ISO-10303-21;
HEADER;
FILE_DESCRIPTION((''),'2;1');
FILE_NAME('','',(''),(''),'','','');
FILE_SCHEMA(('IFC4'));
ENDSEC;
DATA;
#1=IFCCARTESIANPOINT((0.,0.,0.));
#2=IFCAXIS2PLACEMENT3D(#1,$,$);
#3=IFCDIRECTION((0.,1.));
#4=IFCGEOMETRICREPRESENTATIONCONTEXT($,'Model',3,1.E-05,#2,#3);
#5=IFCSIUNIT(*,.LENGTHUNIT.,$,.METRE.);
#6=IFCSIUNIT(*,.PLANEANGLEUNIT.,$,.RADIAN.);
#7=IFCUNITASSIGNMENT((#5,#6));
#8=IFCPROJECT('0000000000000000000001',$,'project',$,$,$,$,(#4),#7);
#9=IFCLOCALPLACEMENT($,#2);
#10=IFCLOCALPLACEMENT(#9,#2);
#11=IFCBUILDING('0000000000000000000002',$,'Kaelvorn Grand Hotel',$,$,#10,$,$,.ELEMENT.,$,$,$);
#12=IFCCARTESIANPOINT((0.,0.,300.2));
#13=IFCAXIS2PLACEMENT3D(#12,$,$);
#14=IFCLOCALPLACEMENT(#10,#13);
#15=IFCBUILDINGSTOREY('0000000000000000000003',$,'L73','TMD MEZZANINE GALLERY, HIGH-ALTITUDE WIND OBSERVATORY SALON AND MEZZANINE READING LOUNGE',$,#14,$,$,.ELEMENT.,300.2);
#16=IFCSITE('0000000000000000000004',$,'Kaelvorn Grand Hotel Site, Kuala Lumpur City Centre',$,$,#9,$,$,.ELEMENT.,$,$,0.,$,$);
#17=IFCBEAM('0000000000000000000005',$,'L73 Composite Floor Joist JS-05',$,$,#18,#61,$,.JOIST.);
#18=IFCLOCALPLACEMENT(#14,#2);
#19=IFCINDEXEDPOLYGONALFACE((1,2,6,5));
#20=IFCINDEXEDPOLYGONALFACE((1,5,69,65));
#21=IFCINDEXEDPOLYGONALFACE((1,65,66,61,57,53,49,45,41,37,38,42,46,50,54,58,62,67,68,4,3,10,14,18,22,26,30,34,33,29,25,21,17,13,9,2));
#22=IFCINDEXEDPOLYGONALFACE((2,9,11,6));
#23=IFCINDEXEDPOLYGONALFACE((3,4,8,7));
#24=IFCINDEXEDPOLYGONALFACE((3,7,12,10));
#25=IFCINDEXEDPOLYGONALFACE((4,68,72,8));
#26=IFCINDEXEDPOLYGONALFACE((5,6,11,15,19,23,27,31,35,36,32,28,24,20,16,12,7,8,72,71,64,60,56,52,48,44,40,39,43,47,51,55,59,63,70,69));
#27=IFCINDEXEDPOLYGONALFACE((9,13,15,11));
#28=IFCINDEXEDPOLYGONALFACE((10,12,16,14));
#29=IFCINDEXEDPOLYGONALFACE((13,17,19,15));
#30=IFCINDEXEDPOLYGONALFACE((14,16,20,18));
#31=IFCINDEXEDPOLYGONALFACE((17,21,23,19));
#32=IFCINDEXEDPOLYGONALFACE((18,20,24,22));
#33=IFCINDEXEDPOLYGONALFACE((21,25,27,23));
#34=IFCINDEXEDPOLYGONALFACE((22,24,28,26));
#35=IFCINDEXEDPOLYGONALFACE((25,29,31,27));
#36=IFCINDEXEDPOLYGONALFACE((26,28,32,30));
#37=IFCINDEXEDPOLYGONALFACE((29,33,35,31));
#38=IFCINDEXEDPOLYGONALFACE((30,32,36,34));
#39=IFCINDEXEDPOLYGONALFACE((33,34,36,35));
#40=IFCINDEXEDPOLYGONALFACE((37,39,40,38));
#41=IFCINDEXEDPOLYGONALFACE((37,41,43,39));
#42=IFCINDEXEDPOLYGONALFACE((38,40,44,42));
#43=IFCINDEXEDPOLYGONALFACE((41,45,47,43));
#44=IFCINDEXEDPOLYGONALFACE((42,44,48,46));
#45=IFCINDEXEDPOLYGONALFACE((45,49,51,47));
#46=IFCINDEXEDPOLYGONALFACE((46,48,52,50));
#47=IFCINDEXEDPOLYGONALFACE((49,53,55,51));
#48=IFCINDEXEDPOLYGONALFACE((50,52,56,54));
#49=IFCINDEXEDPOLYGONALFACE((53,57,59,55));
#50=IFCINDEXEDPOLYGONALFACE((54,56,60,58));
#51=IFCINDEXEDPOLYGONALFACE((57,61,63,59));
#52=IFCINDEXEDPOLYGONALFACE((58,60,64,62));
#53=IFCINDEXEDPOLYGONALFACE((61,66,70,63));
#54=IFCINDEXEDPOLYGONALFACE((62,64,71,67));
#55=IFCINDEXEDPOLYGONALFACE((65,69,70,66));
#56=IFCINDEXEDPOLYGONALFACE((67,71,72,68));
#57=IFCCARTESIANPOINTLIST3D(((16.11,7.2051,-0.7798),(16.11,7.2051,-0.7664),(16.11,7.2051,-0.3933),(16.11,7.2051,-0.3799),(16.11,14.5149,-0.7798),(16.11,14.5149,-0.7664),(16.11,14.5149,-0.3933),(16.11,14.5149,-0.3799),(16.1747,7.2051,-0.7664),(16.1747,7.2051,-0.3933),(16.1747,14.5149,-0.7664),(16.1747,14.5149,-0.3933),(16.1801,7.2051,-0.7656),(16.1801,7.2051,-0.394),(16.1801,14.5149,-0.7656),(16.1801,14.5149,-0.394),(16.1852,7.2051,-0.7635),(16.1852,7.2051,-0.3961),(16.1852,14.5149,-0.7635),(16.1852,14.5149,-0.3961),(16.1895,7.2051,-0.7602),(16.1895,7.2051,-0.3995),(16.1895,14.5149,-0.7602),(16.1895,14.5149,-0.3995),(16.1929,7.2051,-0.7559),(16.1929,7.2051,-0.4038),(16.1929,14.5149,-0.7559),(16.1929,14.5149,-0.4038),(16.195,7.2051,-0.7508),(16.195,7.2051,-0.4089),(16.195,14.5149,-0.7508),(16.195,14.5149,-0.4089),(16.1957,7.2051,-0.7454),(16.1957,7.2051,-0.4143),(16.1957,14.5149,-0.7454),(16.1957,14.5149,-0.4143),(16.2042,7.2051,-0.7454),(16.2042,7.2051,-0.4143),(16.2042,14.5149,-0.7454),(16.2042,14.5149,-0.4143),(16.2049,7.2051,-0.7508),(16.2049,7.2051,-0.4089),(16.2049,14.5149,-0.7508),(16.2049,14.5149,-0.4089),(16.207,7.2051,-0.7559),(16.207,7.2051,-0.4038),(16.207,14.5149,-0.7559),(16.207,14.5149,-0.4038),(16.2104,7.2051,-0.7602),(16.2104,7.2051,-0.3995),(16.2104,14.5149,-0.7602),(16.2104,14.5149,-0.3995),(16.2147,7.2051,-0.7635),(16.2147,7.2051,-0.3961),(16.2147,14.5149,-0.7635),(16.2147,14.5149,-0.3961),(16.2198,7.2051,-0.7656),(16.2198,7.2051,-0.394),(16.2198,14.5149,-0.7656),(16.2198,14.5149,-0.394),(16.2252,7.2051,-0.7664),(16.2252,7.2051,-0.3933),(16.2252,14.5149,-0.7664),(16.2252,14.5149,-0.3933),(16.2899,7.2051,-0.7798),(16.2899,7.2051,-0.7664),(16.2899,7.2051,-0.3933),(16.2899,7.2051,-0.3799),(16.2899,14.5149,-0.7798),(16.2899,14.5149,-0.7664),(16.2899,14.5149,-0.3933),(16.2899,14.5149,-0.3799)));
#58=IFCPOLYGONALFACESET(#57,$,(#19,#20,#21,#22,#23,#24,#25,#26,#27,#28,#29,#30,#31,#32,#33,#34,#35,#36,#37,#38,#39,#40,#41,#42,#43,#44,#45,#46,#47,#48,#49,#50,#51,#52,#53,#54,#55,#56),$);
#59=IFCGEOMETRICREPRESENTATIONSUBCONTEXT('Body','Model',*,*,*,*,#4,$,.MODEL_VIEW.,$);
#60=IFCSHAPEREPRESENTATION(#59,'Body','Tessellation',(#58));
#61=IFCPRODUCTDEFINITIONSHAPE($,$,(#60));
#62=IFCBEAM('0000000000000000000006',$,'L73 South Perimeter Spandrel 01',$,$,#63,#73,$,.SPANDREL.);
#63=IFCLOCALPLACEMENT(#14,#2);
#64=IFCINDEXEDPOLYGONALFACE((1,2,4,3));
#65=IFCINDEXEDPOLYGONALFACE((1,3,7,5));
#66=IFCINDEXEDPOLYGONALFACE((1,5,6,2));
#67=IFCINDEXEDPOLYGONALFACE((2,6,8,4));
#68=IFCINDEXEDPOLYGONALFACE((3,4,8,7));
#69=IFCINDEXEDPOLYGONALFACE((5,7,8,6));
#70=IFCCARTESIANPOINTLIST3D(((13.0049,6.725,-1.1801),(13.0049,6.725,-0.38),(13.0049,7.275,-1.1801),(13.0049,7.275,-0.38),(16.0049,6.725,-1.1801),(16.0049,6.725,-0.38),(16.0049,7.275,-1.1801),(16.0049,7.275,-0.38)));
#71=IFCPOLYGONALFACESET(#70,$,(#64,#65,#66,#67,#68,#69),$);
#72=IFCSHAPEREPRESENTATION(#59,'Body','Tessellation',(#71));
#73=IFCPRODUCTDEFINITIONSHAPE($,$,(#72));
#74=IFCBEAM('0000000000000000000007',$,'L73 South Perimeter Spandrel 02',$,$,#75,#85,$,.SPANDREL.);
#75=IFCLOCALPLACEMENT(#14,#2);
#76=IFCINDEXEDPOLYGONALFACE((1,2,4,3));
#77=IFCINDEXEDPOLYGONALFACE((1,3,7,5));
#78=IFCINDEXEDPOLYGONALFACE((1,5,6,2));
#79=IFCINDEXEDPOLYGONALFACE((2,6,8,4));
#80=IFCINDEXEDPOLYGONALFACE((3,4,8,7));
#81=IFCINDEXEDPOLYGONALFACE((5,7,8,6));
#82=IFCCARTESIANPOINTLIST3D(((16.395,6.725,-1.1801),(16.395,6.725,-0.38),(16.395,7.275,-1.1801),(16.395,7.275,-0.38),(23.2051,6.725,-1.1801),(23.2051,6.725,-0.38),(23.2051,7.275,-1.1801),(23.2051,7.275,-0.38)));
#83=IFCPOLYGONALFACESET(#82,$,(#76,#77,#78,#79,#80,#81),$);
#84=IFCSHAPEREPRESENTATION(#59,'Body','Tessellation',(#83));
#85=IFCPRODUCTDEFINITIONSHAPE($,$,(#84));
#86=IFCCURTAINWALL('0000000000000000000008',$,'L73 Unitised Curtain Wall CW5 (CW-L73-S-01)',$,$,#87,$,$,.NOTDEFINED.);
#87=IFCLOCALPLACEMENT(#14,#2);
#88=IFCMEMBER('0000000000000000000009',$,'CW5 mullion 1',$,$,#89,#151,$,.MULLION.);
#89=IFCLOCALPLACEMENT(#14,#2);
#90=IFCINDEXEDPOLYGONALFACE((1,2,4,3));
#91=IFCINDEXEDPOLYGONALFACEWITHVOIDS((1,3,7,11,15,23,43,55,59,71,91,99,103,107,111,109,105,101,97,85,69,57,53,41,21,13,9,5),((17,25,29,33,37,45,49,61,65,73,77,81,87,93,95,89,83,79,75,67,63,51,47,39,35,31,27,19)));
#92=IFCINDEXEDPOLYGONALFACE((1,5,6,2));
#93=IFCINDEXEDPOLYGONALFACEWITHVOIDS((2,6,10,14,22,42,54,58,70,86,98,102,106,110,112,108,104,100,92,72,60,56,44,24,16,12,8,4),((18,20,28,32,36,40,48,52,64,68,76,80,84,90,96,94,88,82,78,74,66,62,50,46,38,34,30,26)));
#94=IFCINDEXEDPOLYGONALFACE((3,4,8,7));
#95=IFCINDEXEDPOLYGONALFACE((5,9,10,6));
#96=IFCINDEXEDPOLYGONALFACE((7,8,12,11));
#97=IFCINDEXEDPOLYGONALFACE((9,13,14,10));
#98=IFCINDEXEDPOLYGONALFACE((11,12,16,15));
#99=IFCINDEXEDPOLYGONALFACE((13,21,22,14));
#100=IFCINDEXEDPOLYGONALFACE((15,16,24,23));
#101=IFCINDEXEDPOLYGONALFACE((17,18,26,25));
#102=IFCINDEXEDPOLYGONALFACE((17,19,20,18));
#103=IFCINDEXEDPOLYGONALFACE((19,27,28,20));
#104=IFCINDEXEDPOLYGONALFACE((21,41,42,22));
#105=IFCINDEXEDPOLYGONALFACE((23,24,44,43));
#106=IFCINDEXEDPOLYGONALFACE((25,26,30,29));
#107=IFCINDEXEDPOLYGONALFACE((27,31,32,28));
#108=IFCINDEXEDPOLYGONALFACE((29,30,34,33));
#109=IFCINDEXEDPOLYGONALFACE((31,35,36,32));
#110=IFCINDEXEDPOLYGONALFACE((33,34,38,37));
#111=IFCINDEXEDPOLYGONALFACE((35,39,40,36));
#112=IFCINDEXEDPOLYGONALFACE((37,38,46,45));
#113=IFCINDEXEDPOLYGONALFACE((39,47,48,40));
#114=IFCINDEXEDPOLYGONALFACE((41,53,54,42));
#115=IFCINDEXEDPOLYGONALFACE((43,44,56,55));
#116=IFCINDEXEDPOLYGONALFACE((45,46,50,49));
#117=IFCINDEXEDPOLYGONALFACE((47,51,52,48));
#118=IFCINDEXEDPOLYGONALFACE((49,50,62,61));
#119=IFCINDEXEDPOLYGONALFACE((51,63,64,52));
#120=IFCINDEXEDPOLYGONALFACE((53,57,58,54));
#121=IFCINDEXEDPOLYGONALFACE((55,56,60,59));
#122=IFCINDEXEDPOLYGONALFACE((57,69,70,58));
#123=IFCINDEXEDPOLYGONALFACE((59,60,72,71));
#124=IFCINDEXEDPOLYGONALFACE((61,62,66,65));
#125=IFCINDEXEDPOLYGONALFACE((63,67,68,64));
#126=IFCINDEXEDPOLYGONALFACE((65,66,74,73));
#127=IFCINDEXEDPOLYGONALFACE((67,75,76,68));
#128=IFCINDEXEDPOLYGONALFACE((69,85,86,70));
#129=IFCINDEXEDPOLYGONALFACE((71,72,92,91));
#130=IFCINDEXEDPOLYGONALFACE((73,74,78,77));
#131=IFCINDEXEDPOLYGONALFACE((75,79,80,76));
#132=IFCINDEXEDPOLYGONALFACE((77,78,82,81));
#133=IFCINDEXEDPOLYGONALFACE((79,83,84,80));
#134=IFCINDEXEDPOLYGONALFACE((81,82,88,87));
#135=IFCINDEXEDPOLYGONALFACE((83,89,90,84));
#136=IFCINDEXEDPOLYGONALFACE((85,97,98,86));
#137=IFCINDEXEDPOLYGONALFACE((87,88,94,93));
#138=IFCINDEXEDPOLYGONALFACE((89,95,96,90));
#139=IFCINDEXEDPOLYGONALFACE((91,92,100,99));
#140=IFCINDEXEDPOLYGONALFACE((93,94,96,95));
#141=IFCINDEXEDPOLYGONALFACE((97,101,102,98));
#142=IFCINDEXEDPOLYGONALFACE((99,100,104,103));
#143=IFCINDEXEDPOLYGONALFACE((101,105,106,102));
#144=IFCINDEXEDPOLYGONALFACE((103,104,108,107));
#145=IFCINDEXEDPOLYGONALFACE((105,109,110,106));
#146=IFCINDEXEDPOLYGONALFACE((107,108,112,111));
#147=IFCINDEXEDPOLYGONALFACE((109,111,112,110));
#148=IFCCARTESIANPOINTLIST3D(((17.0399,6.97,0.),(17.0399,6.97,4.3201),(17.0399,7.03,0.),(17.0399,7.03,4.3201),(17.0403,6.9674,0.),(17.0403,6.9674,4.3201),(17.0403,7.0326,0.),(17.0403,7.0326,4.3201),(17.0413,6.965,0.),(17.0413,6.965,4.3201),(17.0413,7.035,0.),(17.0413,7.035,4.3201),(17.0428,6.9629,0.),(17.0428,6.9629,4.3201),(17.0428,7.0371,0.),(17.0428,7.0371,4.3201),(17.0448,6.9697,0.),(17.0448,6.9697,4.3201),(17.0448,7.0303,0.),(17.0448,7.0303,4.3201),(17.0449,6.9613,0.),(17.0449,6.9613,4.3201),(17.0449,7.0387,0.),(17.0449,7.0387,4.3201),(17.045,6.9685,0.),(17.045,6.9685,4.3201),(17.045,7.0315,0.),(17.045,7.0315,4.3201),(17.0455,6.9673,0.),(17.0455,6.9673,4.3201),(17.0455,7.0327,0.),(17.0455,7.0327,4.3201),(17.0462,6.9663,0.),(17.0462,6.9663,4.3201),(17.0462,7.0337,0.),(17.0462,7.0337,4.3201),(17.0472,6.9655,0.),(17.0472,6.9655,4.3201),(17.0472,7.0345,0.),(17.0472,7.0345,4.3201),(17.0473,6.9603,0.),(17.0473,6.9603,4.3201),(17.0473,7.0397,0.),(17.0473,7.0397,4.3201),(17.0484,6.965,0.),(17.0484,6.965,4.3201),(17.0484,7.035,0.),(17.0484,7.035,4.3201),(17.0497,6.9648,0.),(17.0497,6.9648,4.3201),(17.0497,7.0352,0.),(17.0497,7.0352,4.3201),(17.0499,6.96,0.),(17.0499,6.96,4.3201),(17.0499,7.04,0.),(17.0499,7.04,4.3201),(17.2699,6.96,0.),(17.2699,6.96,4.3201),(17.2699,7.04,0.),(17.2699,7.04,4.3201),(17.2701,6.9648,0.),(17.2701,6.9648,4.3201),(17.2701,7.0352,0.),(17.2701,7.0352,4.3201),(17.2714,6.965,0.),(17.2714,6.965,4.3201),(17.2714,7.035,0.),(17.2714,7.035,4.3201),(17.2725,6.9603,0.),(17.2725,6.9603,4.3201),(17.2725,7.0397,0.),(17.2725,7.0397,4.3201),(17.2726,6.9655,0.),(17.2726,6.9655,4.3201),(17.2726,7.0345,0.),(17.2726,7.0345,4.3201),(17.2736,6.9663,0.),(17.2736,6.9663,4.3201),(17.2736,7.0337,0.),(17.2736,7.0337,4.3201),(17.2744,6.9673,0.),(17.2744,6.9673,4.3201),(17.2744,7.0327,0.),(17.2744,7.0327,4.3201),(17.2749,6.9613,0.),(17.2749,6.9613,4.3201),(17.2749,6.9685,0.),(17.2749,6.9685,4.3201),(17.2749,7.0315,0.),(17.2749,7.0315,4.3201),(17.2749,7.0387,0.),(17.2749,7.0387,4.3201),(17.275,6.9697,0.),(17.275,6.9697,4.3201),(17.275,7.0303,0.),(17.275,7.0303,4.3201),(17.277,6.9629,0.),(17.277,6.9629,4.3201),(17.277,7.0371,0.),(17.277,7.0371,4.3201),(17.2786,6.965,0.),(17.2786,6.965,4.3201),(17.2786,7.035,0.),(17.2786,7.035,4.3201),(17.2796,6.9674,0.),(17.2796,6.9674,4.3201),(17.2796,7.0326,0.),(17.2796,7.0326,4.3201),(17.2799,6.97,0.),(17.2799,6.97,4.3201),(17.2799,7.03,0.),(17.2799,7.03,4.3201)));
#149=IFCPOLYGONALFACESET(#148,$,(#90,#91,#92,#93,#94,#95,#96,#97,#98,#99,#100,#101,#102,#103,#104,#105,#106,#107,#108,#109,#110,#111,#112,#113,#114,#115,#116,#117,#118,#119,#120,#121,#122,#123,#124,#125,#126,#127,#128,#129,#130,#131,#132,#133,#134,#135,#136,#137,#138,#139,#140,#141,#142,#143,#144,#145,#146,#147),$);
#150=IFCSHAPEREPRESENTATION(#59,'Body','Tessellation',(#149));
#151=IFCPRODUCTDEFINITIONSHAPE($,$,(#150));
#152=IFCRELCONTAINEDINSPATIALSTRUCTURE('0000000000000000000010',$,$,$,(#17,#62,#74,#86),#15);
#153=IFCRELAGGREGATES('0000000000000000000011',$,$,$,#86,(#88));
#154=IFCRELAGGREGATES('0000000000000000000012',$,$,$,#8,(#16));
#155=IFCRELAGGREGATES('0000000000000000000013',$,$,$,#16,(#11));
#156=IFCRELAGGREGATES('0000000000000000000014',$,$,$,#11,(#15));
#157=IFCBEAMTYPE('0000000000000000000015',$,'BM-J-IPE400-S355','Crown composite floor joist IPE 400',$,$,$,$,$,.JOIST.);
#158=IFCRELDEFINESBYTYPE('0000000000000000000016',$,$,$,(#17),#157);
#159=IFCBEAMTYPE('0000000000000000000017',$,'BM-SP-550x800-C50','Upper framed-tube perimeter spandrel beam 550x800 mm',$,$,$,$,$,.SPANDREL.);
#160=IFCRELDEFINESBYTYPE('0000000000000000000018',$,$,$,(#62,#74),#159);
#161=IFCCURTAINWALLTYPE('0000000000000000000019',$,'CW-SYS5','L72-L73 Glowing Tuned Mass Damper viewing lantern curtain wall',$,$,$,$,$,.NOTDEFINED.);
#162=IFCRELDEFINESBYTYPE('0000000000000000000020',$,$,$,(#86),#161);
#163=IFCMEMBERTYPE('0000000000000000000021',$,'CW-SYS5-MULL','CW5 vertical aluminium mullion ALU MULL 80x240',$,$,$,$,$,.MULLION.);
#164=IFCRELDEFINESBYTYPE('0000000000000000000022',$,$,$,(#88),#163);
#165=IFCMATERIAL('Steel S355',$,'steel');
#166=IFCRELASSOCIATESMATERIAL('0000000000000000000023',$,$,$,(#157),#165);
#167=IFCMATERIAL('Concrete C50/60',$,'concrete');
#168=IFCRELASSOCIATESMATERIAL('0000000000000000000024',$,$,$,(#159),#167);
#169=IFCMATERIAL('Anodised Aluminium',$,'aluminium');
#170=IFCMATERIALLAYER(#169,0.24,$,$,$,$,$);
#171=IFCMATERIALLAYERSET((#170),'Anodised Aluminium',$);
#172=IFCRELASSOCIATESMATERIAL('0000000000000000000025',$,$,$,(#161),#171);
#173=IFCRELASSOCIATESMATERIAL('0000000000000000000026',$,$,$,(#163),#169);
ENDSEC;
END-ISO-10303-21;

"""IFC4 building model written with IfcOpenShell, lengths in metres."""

from ifc_helpers import new_model, si_unit, direction, frame, origin, origin_2d, place, context, subcontext, project, spatial, rectangle, hollow_rectangle, i_section, extrude, material, layer, layer_set, material_profile, profile_set, type_object, element, aggregate, save


model = new_model("IFC4")

# Units and contexts
model_context = context("Model", 3, precision=1e-05, world=origin(), true_north=direction((0.0, 1.0)))
body_context = subcontext(model_context, "Body", "Model", "MODEL_VIEW")
ifc_project = project(units=[si_unit("LENGTHUNIT", "METRE"), si_unit("PLANEANGLEUNIT", "RADIAN")], contexts=[model_context])

# Site, building, storey
site_placement = place(None, origin())
site = spatial("IfcSite", under=ifc_project, at=site_placement, Name="Kaelvorn Grand Hotel Site, Kuala Lumpur City Centre", CompositionType="ELEMENT", RefElevation=0.0)
building_placement = place(site_placement, origin())
building = spatial("IfcBuilding", under=site, at=building_placement, Name="Kaelvorn Grand Hotel", CompositionType="ELEMENT")
storey_placement = place(building_placement, frame((0.0, 0.0, 300.2)))
storey = spatial("IfcBuildingStorey", under=building, at=storey_placement, Name="L73", Description="TMD MEZZANINE GALLERY, HIGH-ALTITUDE WIND OBSERVATORY SALON AND MEZZANINE READING LOUNGE", CompositionType="ELEMENT", Elevation=300.2)

# Shared definitions
ifc_material_1 = material(Name="Concrete C50/60", Category="concrete")

# Beams
ifc_material_2 = material(Name="Steel S355", Category="steel")
ifc_material_profile_1 = material_profile(ifc_material_2, i_section(OverallWidth=0.1799, OverallDepth=0.3999, WebThickness=0.0085, FlangeThickness=0.0134, FilletRadius=0.021, at=origin_2d()), Name="IPE 400")
ifc_profile_set_1 = profile_set([ifc_material_profile_1], Name="Steel S355")
beam_type_1 = type_object("IfcBeamType", Name="BM-J-IPE400-S355", Description="Crown composite floor joist IPE 400", PredefinedType="JOIST", material=ifc_profile_set_1)
beam_1_placement = place(storey_placement, frame((16.2, 7.2051, -0.5798), z_axis=(0.0, 1.0, 0.0), x_axis=(-1.0, 0.0, 0.0)))
element("IfcBeam", 1, at=beam_1_placement, inside=storey, type_object=beam_type_1, Name="L73 Composite Floor Joist JS-05", PredefinedType="JOIST", context=body_context, shape_type="SweptSolid", body=[
    extrude(i_section(OverallWidth=0.1799, OverallDepth=0.3999, WebThickness=0.0085, FlangeThickness=0.0134, FilletRadius=0.021, at=origin_2d()), origin(), (0.0, 0.0, 1.0), 7.3098),
])
ifc_material_profile_2 = material_profile(ifc_material_1, rectangle(XDim=0.55, YDim=0.8, at=origin_2d()), Name="RC SPANDREL 550x800")
ifc_profile_set_2 = profile_set([ifc_material_profile_2], Name="Concrete C50/60")
beam_type_2 = type_object("IfcBeamType", Name="BM-SP-550x800-C50", Description="Upper framed-tube perimeter spandrel beam 550x800 mm", PredefinedType="SPANDREL", material=ifc_profile_set_2)
beam_2_placement = place(storey_placement, frame((13.0049, 7.0, -0.78), z_axis=(1.0, 0.0, 0.0), x_axis=(0.0, 1.0, 0.0)))
element("IfcBeam", 2, at=beam_2_placement, inside=storey, type_object=beam_type_2, Name="L73 South Perimeter Spandrel 01", PredefinedType="SPANDREL", context=body_context, shape_type="SweptSolid", body=[
    extrude(rectangle(XDim=0.55, YDim=0.8, at=origin_2d()), origin(), (0.0, 0.0, 1.0), 3.0),
])
beam_3_placement = place(storey_placement, frame((16.395, 7.0, -0.78), z_axis=(1.0, 0.0, 0.0), x_axis=(0.0, 1.0, 0.0)))
element("IfcBeam", 3, at=beam_3_placement, inside=storey, type_object=beam_type_2, Name="L73 South Perimeter Spandrel 02", PredefinedType="SPANDREL", context=body_context, shape_type="SweptSolid", body=[
    extrude(rectangle(XDim=0.55, YDim=0.8, at=origin_2d()), origin(), (0.0, 0.0, 1.0), 6.8101),
])

# Curtain wall, member
ifc_material_3 = material(Name="Anodised Aluminium", Category="aluminium")
ifc_layer_1 = layer(ifc_material_3, 0.24)
ifc_layer_set_1 = layer_set([ifc_layer_1], Name="Anodised Aluminium")
curtain_wall_type = type_object("IfcCurtainWallType", Name="CW-SYS5", Description="L72-L73 Glowing Tuned Mass Damper viewing lantern curtain wall", PredefinedType="NOTDEFINED", material=ifc_layer_set_1)
curtain_wall_1_placement = place(storey_placement, origin())
curtain_wall_1 = element("IfcCurtainWall", 4, at=curtain_wall_1_placement, inside=storey, type_object=curtain_wall_type, Name="L73 Unitised Curtain Wall CW5 (CW-L73-S-01)", PredefinedType="NOTDEFINED")
ifc_material_profile_3 = material_profile(ifc_material_3, hollow_rectangle(XDim=0.0801, YDim=0.24, WallThickness=0.0049, InnerFilletRadius=0.0049, OuterFilletRadius=0.01, at=origin_2d()), Name="ALU MULL 80x240")
ifc_profile_set_3 = profile_set([ifc_material_profile_3], Name="Anodised Aluminium")
member_type_1 = type_object("IfcMemberType", Name="CW-SYS5-MULL", Description="CW5 vertical aluminium mullion ALU MULL 80x240", PredefinedType="MULLION", material=ifc_profile_set_3)
member_1_placement = place(storey_placement, frame((17.1599, 7.0, 0.0), z_axis=(0.0, 0.0, 1.0), x_axis=(0.0, 1.0, 0.0)))
member_1 = element("IfcMember", 5, at=member_1_placement, type_object=member_type_1, Name="CW5 mullion 1", PredefinedType="MULLION", context=body_context, shape_type="SweptSolid", body=[
    extrude(hollow_rectangle(XDim=0.0801, YDim=0.24, WallThickness=0.0049, InnerFilletRadius=0.0049, OuterFilletRadius=0.01, at=origin_2d()), origin(), (0.0, 0.0, 1.0), 4.3201),
])

aggregate(curtain_wall_1, [member_1])

save(model, "model.ifc")
